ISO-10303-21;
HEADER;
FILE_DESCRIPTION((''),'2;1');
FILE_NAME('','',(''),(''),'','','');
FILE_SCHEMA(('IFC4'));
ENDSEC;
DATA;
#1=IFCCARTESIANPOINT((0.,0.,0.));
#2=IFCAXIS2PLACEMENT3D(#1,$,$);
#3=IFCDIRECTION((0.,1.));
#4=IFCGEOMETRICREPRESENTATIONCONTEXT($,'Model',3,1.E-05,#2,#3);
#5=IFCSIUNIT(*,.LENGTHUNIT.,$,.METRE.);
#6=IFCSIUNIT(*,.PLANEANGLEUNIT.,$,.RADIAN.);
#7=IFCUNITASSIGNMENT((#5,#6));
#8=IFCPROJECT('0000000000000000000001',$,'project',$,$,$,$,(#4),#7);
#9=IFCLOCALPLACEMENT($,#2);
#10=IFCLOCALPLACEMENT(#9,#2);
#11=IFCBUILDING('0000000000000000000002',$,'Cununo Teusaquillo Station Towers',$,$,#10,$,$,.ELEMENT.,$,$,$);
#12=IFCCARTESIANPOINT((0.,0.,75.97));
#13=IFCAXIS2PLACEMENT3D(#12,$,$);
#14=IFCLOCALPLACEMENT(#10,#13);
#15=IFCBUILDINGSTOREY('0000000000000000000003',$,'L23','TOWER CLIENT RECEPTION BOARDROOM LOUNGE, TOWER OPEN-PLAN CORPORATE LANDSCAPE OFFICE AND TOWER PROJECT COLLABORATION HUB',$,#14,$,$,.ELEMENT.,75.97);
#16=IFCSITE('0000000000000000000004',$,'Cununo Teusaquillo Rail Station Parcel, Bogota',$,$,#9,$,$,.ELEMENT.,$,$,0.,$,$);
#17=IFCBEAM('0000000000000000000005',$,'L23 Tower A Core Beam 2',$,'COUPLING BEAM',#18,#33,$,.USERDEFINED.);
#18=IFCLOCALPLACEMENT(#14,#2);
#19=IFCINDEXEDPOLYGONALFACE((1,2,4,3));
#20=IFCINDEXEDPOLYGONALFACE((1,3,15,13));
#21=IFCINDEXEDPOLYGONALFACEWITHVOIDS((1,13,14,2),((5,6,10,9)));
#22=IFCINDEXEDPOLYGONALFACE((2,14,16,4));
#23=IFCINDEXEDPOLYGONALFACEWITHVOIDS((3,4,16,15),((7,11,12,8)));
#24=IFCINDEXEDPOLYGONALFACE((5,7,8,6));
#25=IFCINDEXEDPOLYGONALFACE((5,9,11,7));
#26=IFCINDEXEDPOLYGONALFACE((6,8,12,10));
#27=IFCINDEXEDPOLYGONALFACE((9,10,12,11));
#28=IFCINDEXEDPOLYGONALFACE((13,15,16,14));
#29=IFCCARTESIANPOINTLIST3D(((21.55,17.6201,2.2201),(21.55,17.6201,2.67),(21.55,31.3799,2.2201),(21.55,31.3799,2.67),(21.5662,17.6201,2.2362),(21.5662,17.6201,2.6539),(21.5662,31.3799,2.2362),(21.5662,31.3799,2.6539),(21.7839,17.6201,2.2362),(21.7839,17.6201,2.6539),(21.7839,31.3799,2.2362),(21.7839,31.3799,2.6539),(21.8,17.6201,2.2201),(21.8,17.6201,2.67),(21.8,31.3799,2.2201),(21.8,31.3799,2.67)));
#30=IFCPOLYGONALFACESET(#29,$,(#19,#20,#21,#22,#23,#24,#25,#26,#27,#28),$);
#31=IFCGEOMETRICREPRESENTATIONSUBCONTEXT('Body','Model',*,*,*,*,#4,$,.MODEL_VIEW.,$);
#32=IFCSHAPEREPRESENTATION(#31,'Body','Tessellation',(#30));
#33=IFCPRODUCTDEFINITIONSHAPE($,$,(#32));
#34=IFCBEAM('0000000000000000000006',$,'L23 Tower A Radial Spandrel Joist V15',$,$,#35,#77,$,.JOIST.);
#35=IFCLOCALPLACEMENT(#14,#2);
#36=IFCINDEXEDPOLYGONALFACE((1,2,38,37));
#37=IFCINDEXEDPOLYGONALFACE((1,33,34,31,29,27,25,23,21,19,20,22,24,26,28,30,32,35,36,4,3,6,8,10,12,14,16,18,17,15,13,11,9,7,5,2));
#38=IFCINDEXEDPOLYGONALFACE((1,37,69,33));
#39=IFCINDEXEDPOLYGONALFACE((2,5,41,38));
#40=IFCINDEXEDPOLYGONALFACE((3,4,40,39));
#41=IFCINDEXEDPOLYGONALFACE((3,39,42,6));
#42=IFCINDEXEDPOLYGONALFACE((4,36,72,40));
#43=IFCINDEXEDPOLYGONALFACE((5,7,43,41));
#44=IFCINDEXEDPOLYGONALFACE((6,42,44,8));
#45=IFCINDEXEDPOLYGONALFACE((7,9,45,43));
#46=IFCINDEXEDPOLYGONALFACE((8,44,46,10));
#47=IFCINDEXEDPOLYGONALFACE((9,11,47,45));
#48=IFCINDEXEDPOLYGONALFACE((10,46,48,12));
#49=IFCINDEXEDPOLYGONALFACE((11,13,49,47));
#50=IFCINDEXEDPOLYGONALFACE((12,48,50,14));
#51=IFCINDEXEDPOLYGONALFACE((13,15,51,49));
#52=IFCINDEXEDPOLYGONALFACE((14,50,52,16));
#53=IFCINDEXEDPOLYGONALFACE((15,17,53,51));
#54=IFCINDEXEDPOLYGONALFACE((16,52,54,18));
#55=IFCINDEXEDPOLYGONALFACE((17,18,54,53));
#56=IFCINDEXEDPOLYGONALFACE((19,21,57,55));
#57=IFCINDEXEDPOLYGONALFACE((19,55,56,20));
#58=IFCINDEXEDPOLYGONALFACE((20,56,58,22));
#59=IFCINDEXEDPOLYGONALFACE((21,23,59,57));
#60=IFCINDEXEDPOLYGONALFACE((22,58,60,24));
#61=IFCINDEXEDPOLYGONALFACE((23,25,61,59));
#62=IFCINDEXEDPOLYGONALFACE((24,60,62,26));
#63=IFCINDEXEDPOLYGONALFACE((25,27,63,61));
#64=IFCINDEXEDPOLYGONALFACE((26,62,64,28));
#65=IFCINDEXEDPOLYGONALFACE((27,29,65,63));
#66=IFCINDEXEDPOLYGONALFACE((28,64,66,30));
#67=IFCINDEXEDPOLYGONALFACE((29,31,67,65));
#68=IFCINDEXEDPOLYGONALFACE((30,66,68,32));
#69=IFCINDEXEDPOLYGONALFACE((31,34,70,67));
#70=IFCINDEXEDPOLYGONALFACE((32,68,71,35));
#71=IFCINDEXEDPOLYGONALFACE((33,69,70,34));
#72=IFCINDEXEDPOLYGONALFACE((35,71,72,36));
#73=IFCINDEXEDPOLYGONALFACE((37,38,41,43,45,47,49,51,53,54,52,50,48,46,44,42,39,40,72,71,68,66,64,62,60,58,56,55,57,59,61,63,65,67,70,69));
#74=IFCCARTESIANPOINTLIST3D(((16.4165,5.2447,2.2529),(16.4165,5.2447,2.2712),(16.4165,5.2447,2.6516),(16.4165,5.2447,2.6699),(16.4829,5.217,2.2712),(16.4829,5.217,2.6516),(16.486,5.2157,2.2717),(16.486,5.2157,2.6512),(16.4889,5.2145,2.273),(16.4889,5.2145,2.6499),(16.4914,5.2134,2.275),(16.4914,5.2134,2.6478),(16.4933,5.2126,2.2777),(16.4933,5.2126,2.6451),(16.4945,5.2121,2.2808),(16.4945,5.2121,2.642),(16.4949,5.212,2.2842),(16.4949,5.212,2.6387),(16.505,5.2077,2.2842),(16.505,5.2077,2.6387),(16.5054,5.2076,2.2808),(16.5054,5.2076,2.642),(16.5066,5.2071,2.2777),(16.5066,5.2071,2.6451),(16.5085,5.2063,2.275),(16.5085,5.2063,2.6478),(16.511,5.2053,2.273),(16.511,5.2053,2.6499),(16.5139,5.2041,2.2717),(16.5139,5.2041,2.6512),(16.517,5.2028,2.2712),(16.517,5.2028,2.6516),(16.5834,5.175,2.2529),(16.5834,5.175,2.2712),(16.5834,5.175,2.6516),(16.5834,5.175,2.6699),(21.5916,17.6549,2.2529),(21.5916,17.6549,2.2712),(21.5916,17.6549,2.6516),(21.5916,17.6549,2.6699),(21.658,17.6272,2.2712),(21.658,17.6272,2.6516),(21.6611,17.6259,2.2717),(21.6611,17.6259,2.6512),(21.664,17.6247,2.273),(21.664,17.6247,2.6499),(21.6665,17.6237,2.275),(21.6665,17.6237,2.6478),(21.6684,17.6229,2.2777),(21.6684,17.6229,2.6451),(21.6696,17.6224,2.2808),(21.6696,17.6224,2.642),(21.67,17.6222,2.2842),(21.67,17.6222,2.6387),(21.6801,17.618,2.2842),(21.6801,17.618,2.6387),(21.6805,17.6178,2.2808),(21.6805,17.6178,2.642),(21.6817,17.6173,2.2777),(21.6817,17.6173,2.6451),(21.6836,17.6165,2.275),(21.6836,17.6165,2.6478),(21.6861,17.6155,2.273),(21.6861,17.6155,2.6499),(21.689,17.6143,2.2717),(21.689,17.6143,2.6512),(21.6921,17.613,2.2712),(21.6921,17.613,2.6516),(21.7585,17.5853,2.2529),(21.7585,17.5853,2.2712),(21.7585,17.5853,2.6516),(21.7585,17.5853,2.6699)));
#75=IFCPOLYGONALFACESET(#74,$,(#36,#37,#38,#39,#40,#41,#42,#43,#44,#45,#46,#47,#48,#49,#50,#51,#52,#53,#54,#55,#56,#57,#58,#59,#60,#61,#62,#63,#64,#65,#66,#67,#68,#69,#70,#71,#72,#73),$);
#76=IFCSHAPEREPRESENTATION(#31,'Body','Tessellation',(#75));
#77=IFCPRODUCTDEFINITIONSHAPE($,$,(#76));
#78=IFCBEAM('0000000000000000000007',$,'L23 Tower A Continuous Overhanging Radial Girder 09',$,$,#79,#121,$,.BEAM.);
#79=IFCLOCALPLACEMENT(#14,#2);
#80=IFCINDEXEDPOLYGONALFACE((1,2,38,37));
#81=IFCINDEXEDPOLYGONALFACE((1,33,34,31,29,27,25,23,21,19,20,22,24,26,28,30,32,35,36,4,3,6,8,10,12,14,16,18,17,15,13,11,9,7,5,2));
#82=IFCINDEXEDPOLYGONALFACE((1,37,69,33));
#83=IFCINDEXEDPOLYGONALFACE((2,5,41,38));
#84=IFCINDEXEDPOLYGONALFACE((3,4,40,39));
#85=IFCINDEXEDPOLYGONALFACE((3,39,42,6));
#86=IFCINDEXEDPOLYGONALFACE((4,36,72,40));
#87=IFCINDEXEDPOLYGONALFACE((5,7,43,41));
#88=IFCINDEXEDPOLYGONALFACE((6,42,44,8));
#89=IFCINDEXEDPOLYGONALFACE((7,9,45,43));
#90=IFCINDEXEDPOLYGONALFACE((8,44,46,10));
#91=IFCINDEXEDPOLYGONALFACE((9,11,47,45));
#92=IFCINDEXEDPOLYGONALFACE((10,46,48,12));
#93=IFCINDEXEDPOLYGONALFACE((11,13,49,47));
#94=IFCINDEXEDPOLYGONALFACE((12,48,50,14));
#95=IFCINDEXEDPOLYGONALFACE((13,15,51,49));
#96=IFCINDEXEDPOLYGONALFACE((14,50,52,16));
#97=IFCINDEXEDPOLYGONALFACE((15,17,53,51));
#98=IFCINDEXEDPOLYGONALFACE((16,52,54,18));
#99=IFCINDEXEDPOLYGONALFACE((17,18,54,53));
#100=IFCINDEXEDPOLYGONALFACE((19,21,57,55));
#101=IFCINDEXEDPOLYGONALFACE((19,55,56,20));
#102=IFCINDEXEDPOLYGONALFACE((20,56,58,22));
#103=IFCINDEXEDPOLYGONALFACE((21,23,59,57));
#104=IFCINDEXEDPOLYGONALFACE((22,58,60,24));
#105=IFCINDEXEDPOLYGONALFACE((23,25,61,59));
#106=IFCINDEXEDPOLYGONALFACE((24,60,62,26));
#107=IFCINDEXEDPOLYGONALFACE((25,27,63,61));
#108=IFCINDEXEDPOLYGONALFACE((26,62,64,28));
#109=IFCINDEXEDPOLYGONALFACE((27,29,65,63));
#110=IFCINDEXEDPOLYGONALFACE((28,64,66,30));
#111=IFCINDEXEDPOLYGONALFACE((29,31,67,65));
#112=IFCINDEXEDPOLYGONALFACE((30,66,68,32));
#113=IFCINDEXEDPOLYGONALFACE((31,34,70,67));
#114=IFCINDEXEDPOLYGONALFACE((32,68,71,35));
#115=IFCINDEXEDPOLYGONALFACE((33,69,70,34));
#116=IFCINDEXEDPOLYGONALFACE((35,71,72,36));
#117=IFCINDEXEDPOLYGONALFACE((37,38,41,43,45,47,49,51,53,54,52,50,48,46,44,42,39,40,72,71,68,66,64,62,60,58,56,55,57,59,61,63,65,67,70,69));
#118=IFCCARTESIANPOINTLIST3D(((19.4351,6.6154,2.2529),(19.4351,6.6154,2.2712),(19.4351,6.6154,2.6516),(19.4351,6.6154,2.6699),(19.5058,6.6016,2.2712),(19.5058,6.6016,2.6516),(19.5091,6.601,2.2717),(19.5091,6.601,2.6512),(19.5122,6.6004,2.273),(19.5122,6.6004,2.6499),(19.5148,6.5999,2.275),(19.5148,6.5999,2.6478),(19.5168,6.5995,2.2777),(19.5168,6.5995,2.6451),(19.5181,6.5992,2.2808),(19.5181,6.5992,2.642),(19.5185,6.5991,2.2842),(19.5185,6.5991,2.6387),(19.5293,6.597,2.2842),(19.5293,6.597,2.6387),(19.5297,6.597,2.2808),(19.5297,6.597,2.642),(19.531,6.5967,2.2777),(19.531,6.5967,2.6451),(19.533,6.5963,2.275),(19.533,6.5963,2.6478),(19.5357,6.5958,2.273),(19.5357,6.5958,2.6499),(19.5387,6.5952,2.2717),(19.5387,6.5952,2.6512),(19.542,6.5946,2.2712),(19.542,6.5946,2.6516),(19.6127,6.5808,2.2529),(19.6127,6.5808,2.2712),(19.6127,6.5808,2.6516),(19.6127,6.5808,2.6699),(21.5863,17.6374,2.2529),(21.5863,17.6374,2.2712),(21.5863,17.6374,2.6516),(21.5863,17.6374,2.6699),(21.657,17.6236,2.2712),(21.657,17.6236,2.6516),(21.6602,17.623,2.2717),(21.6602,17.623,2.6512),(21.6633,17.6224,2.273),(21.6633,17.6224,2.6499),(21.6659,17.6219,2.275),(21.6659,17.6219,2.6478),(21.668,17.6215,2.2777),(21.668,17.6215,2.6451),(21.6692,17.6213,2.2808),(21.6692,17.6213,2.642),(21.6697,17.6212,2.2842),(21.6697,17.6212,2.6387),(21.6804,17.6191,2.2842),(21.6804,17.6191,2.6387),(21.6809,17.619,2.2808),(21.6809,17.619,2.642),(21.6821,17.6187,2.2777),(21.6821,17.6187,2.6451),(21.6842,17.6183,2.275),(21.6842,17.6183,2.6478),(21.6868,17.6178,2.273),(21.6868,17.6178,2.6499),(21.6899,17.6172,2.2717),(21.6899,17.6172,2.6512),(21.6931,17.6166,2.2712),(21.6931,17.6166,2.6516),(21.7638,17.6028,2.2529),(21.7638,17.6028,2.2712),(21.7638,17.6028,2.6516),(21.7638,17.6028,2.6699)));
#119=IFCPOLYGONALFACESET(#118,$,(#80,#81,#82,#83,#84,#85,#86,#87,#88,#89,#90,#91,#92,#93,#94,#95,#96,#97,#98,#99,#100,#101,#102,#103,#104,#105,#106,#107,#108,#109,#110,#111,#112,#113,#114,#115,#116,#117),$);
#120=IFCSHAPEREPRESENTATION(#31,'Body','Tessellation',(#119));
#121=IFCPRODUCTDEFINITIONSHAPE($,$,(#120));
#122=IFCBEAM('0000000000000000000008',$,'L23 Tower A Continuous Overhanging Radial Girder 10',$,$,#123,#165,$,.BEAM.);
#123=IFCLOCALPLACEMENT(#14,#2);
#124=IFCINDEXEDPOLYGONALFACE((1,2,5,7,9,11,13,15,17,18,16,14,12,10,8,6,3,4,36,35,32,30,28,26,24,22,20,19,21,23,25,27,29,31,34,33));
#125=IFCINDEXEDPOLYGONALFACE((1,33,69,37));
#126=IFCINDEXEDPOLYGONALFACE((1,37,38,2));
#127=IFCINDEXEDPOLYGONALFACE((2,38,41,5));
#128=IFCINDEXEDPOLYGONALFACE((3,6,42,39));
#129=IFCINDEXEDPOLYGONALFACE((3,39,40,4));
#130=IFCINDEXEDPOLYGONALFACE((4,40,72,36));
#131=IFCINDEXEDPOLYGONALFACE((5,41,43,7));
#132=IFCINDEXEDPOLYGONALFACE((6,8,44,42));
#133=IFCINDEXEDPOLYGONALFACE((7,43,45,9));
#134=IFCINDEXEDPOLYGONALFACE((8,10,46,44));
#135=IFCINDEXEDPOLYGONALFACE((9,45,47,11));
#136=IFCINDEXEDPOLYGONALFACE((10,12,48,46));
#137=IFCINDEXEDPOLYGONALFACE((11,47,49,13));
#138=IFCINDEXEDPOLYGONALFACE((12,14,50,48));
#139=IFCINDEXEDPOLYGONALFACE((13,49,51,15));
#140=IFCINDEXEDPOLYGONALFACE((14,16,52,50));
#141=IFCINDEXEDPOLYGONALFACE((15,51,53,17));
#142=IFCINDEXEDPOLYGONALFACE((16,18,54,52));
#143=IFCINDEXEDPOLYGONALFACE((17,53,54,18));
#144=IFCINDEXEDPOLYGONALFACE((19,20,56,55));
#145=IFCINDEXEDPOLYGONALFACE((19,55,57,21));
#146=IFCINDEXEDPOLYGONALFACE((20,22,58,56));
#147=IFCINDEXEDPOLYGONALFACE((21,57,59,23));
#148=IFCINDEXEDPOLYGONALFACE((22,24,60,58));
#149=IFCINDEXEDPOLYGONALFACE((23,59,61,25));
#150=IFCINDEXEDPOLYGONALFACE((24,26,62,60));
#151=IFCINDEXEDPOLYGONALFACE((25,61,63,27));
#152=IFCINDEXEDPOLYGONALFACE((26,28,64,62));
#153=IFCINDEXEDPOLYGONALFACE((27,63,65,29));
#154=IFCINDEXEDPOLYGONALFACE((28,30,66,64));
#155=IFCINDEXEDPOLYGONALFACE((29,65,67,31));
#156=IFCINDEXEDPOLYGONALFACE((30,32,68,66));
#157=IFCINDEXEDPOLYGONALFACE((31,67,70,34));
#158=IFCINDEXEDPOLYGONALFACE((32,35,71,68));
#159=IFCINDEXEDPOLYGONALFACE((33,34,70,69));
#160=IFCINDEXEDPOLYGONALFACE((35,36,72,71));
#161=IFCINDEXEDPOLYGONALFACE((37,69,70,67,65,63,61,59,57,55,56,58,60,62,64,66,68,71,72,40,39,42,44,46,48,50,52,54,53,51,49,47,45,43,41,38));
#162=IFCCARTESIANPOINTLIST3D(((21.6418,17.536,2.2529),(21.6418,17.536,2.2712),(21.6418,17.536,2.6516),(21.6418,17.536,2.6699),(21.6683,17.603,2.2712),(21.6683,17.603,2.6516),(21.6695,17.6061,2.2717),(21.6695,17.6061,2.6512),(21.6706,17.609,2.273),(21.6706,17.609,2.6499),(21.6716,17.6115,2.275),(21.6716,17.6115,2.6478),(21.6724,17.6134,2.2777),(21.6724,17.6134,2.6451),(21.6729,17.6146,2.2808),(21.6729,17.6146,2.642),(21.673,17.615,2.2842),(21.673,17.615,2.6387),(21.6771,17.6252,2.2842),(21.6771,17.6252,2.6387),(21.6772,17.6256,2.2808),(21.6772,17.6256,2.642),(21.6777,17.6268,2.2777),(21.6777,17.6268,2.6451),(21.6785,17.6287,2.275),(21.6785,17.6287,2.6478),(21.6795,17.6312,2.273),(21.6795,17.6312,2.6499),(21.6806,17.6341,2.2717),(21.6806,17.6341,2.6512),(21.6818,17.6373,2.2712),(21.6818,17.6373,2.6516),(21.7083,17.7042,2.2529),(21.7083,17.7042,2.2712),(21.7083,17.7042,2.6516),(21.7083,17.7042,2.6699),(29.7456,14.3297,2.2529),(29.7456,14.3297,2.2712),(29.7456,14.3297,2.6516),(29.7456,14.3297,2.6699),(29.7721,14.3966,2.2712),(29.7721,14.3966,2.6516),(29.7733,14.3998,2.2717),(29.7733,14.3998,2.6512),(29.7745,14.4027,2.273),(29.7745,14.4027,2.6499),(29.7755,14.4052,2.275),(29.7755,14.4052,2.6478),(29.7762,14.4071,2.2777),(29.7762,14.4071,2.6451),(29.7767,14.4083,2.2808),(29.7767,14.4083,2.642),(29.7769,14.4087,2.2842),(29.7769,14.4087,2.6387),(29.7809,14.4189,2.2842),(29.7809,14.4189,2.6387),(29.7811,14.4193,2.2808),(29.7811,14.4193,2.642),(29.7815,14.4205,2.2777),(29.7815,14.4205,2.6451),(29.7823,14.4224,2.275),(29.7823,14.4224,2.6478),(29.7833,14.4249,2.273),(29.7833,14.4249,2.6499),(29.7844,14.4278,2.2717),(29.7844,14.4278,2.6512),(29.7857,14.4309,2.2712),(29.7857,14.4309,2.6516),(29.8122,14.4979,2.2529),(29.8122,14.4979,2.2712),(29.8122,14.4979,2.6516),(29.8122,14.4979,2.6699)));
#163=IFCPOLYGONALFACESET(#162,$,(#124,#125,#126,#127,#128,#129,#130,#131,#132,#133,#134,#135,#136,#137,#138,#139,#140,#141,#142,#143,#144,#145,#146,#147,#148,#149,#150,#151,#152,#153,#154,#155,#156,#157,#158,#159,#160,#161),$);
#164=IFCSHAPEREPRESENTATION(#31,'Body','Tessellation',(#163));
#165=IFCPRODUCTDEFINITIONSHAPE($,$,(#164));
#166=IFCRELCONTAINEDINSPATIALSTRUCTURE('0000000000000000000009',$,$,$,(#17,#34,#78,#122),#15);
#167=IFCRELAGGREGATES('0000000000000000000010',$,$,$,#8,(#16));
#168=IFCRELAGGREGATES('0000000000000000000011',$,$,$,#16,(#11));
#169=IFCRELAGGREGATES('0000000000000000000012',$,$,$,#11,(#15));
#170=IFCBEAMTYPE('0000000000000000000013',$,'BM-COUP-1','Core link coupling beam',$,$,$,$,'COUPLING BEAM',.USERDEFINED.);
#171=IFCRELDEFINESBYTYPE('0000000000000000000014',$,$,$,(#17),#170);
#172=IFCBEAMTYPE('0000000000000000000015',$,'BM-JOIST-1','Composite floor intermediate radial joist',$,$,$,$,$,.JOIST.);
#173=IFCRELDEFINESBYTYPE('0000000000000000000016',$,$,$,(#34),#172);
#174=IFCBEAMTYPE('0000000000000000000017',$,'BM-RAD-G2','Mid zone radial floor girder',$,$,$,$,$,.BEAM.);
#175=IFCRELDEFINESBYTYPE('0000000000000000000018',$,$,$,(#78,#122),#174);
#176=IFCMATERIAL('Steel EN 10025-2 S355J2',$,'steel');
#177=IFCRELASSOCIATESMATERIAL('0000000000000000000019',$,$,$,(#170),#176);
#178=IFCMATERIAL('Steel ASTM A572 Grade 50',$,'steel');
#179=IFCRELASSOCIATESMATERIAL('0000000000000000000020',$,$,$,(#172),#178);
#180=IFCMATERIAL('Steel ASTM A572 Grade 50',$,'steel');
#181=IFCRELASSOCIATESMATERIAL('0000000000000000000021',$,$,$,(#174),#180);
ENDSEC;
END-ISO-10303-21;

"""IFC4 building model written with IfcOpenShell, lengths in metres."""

from ifc_helpers import new_model, si_unit, direction, frame, origin, origin_2d, place, context, subcontext, project, spatial, hollow_rectangle, i_section, extrude, material, material_profile, profile_set, type_object, element, save


model = new_model("IFC4")

# Units and contexts
model_context = context("Model", 3, precision=1e-05, world=origin(), true_north=direction((0.0, 1.0)))
body_context = subcontext(model_context, "Body", "Model", "MODEL_VIEW")
ifc_project = project(units=[si_unit("LENGTHUNIT", "METRE"), si_unit("PLANEANGLEUNIT", "RADIAN")], contexts=[model_context])

# Site, building, storey
site_placement = place(None, origin())
site = spatial("IfcSite", under=ifc_project, at=site_placement, Name="Cununo Teusaquillo Rail Station Parcel, Bogota", CompositionType="ELEMENT", RefElevation=0.0)
building_placement = place(site_placement, origin())
building = spatial("IfcBuilding", under=site, at=building_placement, Name="Cununo Teusaquillo Station Towers", CompositionType="ELEMENT")
storey_placement = place(building_placement, frame((0.0, 0.0, 75.97)))
storey = spatial("IfcBuildingStorey", under=building, at=storey_placement, Name="L23", Description="TOWER CLIENT RECEPTION BOARDROOM LOUNGE, TOWER OPEN-PLAN CORPORATE LANDSCAPE OFFICE AND TOWER PROJECT COLLABORATION HUB", CompositionType="ELEMENT", Elevation=75.97)

# Beams
ifc_material_1 = material(Name="Steel EN 10025-2 S355J2", Category="steel")
ifc_material_profile_1 = material_profile(ifc_material_1, hollow_rectangle(XDim=0.25, YDim=0.45, WallThickness=0.0161, at=origin_2d()), Name="RHS 450x250x16")
ifc_profile_set_1 = profile_set([ifc_material_profile_1], Name="Steel EN 10025-2 S355J2")
beam_type_1 = type_object("IfcBeamType", Name="BM-COUP-1", Description="Core link coupling beam", ElementType="COUPLING BEAM", PredefinedType="USERDEFINED", material=ifc_profile_set_1)
beam_1_placement = place(storey_placement, frame((21.675, 17.6201, 2.4451), z_axis=(0.0, 1.0, 0.0), x_axis=(-1.0, 0.0, 0.0)))
element("IfcBeam", 1, at=beam_1_placement, inside=storey, type_object=beam_type_1, Name="L23 Tower A Core Beam 2", ObjectType="COUPLING BEAM", PredefinedType="USERDEFINED", context=body_context, shape_type="SweptSolid", body=[
    extrude(hollow_rectangle(XDim=0.25, YDim=0.45, WallThickness=0.0161, at=origin_2d()), origin(), (0.0, 0.0, 1.0), 13.7598),
])
ifc_material_2 = material(Name="Steel ASTM A572 Grade 50", Category="steel")
ifc_material_profile_2 = material_profile(ifc_material_2, i_section(OverallWidth=0.1809, OverallDepth=0.417, WebThickness=0.011, FlangeThickness=0.0183, FilletRadius=0.0129, at=origin_2d()), Name="W16X57")
ifc_profile_set_2 = profile_set([ifc_material_profile_2], Name="Steel ASTM A572 Grade 50")
beam_type_2 = type_object("IfcBeamType", Name="BM-JOIST-1", Description="Composite floor intermediate radial joist", PredefinedType="JOIST", material=ifc_profile_set_2)
beam_2_placement = place(storey_placement, frame((21.675, 17.6201, 2.4614), z_axis=(-0.384878, -0.922967, 0.0), x_axis=(0.922967, -0.384878, 0.0)))
element("IfcBeam", 2, at=beam_2_placement, inside=storey, type_object=beam_type_2, Name="L23 Tower A Radial Spandrel Joist V15", PredefinedType="JOIST", context=body_context, shape_type="SweptSolid", body=[
    extrude(i_section(OverallWidth=0.1809, OverallDepth=0.417, WebThickness=0.011, FlangeThickness=0.0183, FilletRadius=0.0129, at=origin_2d()), origin(), (0.0, 0.0, 1.0), 13.446),
])
ifc_material_3 = material(Name="Steel ASTM A572 Grade 50", Category="steel")
ifc_material_profile_3 = material_profile(ifc_material_3, i_section(OverallWidth=0.1809, OverallDepth=0.417, WebThickness=0.011, FlangeThickness=0.0183, FilletRadius=0.0129, at=origin_2d()), Name="W16X57")
ifc_profile_set_3 = profile_set([ifc_material_profile_3], Name="Steel ASTM A572 Grade 50")
beam_type_3 = type_object("IfcBeamType", Name="BM-RAD-G2", Description="Mid zone radial floor girder", PredefinedType="BEAM", material=ifc_profile_set_3)
beam_3_placement = place(storey_placement, frame((21.675, 17.6201, 2.4614), z_axis=(-0.191553, -0.981482, 0.0), x_axis=(0.981482, -0.191553, 0.0)))
element("IfcBeam", 3, at=beam_3_placement, inside=storey, type_object=beam_type_3, Name="L23 Tower A Continuous Overhanging Radial Girder 09", PredefinedType="BEAM", context=body_context, shape_type="SweptSolid", body=[
    extrude(i_section(OverallWidth=0.1809, OverallDepth=0.417, WebThickness=0.011, FlangeThickness=0.0183, FilletRadius=0.0129, at=origin_2d()), origin(), (0.0, 0.0, 1.0), 11.23),
])
beam_4_placement = place(storey_placement, frame((21.675, 17.6201, 2.4614), z_axis=(0.929863, -0.367906, 0.0), x_axis=(0.367906, 0.929863, 0.0)))
element("IfcBeam", 4, at=beam_4_placement, inside=storey, type_object=beam_type_3, Name="L23 Tower A Continuous Overhanging Radial Girder 10", PredefinedType="BEAM", context=body_context, shape_type="SweptSolid", body=[
    extrude(i_section(OverallWidth=0.1809, OverallDepth=0.417, WebThickness=0.011, FlangeThickness=0.0183, FilletRadius=0.0129, at=origin_2d()), origin(), (0.0, 0.0, 1.0), 8.7151),
])

save(model, "model.ifc")
